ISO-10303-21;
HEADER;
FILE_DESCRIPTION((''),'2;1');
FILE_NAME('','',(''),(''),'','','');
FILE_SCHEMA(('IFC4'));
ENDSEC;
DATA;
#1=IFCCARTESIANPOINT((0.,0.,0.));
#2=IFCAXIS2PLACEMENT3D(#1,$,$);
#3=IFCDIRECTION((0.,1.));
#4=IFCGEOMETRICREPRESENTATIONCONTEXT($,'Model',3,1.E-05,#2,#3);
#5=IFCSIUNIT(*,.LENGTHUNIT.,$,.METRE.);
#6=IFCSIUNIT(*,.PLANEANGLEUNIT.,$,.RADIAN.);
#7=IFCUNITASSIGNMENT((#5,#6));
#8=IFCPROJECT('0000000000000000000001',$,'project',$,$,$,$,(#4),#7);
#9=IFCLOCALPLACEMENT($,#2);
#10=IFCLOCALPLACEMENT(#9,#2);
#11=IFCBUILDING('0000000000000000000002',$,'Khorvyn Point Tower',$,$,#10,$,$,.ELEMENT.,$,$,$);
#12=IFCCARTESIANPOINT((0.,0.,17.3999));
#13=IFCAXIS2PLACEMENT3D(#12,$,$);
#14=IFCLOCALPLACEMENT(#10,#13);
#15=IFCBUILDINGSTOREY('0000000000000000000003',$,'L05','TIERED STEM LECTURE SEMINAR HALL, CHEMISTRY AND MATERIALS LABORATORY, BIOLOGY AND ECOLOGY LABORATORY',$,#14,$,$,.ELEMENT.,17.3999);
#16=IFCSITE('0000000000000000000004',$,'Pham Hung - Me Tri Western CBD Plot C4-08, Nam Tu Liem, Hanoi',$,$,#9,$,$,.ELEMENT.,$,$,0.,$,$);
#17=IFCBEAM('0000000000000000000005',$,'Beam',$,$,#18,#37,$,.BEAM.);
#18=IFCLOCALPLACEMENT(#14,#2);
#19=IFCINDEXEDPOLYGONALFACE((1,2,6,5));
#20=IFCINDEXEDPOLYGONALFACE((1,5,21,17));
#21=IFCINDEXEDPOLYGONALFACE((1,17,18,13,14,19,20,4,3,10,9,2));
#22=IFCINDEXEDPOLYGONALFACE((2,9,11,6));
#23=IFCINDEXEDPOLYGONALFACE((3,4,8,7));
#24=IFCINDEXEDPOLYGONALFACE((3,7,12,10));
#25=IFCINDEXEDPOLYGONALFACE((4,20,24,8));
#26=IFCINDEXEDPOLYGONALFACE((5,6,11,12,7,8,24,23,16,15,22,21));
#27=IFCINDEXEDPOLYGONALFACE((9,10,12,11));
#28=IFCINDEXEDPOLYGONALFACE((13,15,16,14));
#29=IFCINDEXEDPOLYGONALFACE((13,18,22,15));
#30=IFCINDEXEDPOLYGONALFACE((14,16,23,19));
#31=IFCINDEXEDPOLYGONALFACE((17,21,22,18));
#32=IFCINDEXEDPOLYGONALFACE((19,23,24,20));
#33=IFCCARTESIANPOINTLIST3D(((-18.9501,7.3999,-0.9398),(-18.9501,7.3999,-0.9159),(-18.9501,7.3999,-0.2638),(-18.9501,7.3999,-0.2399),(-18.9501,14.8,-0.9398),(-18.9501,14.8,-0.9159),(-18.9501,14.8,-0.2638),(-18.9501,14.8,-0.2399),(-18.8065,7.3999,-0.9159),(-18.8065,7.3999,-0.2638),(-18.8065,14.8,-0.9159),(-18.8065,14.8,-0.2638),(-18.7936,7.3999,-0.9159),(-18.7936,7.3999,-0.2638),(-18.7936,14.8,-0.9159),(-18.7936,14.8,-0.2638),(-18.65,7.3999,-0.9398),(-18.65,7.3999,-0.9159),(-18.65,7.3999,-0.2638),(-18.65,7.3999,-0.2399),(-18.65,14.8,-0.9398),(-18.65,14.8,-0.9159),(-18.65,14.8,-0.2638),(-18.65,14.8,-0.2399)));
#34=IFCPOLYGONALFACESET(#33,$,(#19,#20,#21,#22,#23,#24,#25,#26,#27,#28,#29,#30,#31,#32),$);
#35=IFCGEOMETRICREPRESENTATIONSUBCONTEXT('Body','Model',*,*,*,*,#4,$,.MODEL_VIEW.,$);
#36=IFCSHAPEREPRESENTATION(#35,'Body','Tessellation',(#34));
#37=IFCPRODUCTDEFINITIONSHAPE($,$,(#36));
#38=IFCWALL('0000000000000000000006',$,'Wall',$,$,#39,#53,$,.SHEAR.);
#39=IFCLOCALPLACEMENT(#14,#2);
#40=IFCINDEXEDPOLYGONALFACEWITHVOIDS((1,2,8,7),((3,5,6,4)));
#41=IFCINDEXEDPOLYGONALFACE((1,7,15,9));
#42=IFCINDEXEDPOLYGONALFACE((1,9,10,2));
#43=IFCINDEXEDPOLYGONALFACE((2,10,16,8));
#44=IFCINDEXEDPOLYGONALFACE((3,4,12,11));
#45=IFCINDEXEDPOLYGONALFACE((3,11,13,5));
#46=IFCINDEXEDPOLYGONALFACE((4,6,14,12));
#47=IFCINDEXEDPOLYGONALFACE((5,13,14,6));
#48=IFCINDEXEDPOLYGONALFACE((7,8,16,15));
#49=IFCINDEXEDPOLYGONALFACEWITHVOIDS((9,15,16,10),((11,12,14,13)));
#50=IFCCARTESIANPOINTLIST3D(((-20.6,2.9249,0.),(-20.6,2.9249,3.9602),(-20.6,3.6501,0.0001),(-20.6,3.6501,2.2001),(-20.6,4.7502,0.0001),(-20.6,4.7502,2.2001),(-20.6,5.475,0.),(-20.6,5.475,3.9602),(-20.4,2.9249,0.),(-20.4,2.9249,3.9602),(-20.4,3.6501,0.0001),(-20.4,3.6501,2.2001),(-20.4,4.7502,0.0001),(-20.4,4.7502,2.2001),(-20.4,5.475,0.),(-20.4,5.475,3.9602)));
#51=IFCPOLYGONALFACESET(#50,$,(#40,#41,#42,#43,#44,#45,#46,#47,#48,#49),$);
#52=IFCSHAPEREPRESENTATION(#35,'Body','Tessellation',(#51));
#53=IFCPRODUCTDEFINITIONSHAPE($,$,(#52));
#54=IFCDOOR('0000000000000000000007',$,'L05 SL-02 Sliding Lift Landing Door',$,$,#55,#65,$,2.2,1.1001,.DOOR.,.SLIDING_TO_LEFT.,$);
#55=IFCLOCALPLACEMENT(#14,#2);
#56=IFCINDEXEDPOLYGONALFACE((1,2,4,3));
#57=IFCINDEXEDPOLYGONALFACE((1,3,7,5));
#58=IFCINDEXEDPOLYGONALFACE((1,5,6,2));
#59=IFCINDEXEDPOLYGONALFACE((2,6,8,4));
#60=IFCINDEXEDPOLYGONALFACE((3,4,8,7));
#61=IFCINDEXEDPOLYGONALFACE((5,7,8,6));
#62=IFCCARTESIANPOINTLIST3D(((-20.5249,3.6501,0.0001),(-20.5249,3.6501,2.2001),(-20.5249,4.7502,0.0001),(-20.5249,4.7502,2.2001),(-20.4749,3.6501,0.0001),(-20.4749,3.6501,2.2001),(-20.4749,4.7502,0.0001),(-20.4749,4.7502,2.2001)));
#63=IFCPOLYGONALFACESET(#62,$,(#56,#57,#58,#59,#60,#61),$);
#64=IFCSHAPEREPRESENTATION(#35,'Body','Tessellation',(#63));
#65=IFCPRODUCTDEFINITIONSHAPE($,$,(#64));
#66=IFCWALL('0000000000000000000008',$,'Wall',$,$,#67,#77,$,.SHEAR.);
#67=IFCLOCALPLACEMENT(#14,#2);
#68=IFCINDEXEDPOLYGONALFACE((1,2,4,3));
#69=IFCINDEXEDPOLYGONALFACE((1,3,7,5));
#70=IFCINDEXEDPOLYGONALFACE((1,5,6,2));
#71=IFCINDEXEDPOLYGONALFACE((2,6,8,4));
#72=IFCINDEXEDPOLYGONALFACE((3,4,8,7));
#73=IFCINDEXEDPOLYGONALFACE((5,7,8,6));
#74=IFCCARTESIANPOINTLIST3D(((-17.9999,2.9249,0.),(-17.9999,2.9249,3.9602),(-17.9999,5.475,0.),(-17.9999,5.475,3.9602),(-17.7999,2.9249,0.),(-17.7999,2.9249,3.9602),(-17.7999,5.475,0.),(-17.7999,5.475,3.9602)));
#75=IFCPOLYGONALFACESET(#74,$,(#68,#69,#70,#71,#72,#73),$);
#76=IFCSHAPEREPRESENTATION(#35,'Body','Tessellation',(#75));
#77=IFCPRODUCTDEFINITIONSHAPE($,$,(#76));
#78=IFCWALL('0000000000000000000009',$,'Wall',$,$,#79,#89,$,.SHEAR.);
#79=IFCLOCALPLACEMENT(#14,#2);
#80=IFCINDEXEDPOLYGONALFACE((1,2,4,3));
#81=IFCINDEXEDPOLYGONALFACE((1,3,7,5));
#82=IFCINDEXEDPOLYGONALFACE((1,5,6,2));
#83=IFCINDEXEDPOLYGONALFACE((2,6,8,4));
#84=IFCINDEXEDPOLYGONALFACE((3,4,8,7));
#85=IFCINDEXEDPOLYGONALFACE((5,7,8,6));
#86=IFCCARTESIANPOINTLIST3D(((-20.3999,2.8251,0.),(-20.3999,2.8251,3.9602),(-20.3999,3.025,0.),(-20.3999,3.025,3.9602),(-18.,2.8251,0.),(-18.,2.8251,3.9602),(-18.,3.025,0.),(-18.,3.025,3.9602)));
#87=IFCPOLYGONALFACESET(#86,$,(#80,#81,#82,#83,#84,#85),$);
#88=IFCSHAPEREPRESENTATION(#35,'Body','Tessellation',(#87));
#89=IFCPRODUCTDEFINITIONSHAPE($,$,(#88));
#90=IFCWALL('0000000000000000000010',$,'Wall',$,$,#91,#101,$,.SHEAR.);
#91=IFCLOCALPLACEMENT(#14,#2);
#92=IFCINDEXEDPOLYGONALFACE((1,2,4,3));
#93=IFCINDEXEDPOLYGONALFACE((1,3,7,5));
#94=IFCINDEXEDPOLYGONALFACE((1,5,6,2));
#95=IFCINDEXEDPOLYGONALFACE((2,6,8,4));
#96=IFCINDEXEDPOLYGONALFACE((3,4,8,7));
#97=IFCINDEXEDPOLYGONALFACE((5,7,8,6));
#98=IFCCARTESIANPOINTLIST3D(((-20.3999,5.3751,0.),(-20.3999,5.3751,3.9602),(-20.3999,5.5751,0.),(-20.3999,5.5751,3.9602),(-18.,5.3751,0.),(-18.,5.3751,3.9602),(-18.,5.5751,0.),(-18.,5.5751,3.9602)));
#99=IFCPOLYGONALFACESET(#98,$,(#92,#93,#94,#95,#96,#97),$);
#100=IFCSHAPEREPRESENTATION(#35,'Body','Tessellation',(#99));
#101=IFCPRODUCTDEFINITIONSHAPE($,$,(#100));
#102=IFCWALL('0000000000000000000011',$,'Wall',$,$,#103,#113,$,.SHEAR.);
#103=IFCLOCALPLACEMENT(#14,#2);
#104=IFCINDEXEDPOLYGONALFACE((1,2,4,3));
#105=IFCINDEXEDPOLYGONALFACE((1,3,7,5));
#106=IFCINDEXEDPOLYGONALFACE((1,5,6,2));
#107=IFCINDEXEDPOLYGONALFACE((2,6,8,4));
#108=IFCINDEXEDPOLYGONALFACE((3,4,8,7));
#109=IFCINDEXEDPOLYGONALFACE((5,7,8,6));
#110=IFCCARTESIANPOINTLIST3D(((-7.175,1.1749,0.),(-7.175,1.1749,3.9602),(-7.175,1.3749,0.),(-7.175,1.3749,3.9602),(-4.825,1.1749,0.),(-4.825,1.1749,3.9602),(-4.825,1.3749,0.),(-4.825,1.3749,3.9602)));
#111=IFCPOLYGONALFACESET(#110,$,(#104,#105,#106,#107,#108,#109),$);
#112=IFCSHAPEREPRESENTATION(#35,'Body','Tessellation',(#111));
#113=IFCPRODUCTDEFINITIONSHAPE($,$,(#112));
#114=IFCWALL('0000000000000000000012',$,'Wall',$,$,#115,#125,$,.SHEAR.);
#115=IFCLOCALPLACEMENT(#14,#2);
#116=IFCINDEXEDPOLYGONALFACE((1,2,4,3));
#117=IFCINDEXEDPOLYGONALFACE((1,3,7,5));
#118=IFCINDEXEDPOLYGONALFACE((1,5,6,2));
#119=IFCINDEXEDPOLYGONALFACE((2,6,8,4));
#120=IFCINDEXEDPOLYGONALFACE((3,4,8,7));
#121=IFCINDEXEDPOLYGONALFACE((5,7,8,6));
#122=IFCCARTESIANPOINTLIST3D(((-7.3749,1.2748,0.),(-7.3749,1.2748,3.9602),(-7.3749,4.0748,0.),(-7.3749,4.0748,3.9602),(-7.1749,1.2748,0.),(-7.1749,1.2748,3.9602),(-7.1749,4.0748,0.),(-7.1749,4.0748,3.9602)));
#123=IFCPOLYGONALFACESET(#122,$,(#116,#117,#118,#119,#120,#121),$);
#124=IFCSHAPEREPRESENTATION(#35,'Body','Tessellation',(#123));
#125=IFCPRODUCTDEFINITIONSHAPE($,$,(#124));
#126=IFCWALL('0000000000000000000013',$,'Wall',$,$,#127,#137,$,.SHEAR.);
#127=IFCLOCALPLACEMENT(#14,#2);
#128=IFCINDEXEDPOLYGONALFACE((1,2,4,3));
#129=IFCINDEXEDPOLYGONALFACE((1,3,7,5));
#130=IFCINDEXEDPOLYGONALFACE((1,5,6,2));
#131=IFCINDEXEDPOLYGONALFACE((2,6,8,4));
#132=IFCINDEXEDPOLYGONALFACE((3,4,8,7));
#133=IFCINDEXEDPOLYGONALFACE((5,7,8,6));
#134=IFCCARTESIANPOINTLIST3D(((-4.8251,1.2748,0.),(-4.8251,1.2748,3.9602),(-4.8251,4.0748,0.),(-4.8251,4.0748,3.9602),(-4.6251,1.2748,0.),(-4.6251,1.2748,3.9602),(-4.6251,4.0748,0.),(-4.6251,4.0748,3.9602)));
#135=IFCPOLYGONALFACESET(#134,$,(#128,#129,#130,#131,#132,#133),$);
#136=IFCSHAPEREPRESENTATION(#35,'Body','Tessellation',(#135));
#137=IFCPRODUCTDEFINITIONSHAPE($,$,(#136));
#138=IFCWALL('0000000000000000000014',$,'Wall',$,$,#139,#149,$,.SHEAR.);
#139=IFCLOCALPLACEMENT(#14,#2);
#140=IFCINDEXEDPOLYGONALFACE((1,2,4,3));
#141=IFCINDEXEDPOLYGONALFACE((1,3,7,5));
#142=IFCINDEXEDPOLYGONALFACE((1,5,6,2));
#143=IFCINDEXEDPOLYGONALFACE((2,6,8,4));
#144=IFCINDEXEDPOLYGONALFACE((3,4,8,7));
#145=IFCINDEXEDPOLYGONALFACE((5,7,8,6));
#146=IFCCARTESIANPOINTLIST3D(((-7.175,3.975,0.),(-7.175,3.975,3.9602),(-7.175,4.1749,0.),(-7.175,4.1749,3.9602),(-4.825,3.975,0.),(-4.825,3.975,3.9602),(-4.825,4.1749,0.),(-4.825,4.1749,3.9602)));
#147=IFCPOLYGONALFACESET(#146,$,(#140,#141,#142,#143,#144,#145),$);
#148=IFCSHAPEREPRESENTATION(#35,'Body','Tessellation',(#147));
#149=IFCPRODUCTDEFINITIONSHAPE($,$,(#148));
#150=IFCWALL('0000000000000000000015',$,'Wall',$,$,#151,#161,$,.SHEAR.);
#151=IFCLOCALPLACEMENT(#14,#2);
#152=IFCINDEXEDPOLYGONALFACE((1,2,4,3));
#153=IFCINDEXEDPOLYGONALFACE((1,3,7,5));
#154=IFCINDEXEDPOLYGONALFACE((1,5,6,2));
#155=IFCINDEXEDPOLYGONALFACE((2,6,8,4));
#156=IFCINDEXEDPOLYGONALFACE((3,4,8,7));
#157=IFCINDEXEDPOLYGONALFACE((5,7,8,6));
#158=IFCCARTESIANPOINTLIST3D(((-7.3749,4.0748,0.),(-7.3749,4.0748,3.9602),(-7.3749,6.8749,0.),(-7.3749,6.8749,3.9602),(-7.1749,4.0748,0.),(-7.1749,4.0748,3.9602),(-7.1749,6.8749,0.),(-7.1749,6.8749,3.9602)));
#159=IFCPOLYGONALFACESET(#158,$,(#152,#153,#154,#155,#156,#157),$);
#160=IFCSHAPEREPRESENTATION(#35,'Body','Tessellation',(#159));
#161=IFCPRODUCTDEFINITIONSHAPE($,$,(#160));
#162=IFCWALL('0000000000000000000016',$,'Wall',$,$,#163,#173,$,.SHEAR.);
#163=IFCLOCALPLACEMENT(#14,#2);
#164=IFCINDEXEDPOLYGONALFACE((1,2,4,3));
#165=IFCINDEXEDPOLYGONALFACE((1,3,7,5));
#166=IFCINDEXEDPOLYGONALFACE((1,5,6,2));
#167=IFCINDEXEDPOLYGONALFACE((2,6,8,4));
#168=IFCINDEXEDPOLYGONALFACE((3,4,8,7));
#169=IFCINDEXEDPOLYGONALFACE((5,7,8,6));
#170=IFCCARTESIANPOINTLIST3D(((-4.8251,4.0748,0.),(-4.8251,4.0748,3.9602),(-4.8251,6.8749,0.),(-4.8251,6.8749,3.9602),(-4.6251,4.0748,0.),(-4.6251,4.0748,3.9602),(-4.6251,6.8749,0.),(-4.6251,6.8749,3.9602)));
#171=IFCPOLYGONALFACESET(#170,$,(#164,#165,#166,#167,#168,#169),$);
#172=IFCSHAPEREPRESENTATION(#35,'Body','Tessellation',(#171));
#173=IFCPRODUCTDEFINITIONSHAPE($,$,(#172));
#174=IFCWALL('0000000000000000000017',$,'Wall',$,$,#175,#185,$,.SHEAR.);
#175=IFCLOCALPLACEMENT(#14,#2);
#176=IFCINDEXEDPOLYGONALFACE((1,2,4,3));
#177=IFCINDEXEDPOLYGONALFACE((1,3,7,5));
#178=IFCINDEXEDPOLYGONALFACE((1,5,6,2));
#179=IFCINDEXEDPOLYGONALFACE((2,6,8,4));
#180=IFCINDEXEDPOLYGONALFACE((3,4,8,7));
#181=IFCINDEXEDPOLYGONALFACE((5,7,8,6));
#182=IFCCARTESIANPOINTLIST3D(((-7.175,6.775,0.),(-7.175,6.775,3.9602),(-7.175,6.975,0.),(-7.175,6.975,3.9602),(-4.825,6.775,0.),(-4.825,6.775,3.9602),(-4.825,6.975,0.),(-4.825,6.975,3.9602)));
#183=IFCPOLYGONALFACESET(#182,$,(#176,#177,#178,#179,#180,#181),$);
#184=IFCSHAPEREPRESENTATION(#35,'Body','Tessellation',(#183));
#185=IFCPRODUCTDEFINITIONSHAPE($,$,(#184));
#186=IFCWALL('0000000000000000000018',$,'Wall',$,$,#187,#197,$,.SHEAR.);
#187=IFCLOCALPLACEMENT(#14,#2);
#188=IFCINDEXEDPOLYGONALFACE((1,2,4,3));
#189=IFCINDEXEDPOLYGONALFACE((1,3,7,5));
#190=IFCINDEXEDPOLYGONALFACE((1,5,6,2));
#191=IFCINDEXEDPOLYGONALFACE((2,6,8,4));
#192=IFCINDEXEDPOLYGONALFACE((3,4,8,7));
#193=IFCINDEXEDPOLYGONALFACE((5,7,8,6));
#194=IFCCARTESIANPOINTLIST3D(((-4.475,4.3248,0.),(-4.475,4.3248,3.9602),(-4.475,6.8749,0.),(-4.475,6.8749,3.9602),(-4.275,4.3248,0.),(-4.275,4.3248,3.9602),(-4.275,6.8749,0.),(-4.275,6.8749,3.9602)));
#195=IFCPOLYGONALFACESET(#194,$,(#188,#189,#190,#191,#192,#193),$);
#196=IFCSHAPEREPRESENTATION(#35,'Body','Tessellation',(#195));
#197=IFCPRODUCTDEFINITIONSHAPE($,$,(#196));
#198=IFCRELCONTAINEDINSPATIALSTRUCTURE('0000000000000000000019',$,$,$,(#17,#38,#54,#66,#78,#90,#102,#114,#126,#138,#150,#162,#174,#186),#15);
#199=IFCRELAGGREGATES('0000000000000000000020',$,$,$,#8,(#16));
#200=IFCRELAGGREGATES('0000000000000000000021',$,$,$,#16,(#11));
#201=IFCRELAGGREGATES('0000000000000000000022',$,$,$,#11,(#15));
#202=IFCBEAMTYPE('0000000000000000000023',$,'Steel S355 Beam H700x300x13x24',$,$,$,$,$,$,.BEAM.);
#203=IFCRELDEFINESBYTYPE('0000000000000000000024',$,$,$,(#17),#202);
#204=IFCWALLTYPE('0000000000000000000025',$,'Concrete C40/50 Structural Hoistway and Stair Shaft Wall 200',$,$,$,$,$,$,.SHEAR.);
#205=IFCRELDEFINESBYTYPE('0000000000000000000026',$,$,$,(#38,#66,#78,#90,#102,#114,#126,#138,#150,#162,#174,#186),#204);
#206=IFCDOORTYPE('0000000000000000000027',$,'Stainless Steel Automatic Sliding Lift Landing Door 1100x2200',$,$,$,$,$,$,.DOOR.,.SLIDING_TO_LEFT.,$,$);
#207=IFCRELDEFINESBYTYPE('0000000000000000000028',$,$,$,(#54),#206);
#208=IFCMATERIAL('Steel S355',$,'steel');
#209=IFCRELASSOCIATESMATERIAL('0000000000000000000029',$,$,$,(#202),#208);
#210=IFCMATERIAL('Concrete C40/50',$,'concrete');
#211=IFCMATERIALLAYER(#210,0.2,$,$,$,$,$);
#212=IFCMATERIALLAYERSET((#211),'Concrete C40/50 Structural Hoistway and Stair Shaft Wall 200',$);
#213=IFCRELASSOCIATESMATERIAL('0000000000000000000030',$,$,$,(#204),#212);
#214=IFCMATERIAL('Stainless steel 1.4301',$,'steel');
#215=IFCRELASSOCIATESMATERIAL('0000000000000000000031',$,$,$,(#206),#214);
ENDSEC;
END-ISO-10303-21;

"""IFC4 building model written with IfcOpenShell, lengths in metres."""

from ifc_helpers import new_model, si_unit, direction, frame, frame_2d, origin, origin_2d, place, context, subcontext, project, spatial, rectangle, i_section, extrude, material, layer, layer_set, material_profile, profile_set, type_object, element, fill, save


model = new_model("IFC4")

# Units and contexts
model_context = context("Model", 3, precision=1e-05, world=origin(), true_north=direction((0.0, 1.0)))
body_context = subcontext(model_context, "Body", "Model", "MODEL_VIEW")
ifc_project = project(units=[si_unit("LENGTHUNIT", "METRE"), si_unit("PLANEANGLEUNIT", "RADIAN")], contexts=[model_context])

# Site, building, storey
site_placement = place(None, origin())
site = spatial("IfcSite", under=ifc_project, at=site_placement, Name="Pham Hung - Me Tri Western CBD Plot C4-08, Nam Tu Liem, Hanoi", CompositionType="ELEMENT", RefElevation=0.0)
building_placement = place(site_placement, origin())
building = spatial("IfcBuilding", under=site, at=building_placement, Name="Khorvyn Point Tower", CompositionType="ELEMENT")
storey_placement = place(building_placement, frame((0.0, 0.0, 17.3999)))
storey = spatial("IfcBuildingStorey", under=building, at=storey_placement, Name="L05", Description="TIERED STEM LECTURE SEMINAR HALL, CHEMISTRY AND MATERIALS LABORATORY, BIOLOGY AND ECOLOGY LABORATORY", CompositionType="ELEMENT", Elevation=17.3999)

# Shared definitions
ifc_material_1 = material(Name="Concrete C40/50", Category="concrete")

# Beam
ifc_material_2 = material(Name="Steel S355", Category="steel")
ifc_material_profile_1 = material_profile(ifc_material_2, i_section(OverallWidth=0.3, OverallDepth=0.7, WebThickness=0.0129, FlangeThickness=0.0239, at=origin_2d()))
ifc_profile_set_1 = profile_set([ifc_material_profile_1], Name="Steel S355 H700x300x13x24")
beam_type_1 = type_object("IfcBeamType", Name="Steel S355 Beam H700x300x13x24", PredefinedType="BEAM", material=ifc_profile_set_1)
for number, where, z_axis, x_axis, name in (
    (1, (-18.8, 7.3999, -0.5898), (0.0, 1.0, 0.0), (-1.0, 0.0, 0.0), "Beam"),
):
    element("IfcBeam", number, at=place(storey_placement, frame(where, z_axis=z_axis, x_axis=x_axis)), inside=storey, type_object=beam_type_1, Name=name, PredefinedType="BEAM", context=body_context, shape_type="SweptSolid", body=[
        extrude(i_section(OverallWidth=0.3, OverallDepth=0.7, WebThickness=0.0129, FlangeThickness=0.0239, at=origin_2d()), origin(), (0.0, 0.0, 1.0), 7.4001),
    ])

# Wall, opening, door
ifc_layer_1 = layer(ifc_material_1, 0.2)
ifc_layer_set_1 = layer_set([ifc_layer_1], Name="Concrete C40/50 Structural Hoistway and Stair Shaft Wall 200")
wall_type_1 = type_object("IfcWallType", Name="Concrete C40/50 Structural Hoistway and Stair Shaft Wall 200", PredefinedType="SHEAR", material=ifc_layer_set_1)
wall_1_placement = place(storey_placement, frame((-20.5, 2.925, 0.0), z_axis=(0.0, 0.0, 1.0), x_axis=(0.0, 1.0, 0.0)))
wall_1 = element("IfcWall", 2, at=wall_1_placement, inside=storey, type_object=wall_type_1, Name="Wall", PredefinedType="SHEAR", context=body_context, shape_type="SweptSolid", body=[
    extrude(rectangle(XDim=2.55, YDim=0.2, at=frame_2d((1.2749, 0.0))), origin(), (0.0, 0.0, 1.0), 3.9602),
])
opening_1_placement = place(wall_1_placement, frame((0.7251, 0.0, 0.0)))
opening_1 = element("IfcOpeningElement", 3, at=opening_1_placement, cuts=wall_1, PredefinedType="OPENING", context=body_context, shape_type="SweptSolid", body=[
    extrude(rectangle(XDim=1.1001, YDim=2.2, at=frame_2d((0.55, 1.1001))), frame((0.0, 0.1099, 0.0), z_axis=(0.0, -1.0, 0.0), x_axis=(1.0, 0.0, 0.0)), (0.0, 0.0, 1.0), 0.22),
])
ifc_material_3 = material(Name="Stainless steel 1.4301", Category="steel")
door_type_1 = type_object("IfcDoorType", Name="Stainless Steel Automatic Sliding Lift Landing Door 1100x2200", OperationType="SLIDING_TO_LEFT", PredefinedType="DOOR", material=ifc_material_3)
door_1_placement = place(opening_1_placement, origin())
door_1 = element("IfcDoor", 4, at=door_1_placement, inside=storey, type_object=door_type_1, Name="L05 SL-02 Sliding Lift Landing Door", OperationType="SLIDING_TO_LEFT", OverallHeight=2.2, OverallWidth=1.1001, PredefinedType="DOOR", context=body_context, shape_type="SweptSolid", body=[
    extrude(rectangle(XDim=1.1001, YDim=2.2, at=frame_2d((0.55, 1.1001))), frame((0.0, 0.0249, 0.0), z_axis=(0.0, -1.0, 0.0), x_axis=(1.0, 0.0, 0.0)), (0.0, 0.0, 1.0), 0.05),
])
fill(opening_1, door_1)

# Walls
wall_2_placement = place(storey_placement, frame((-17.8999, 2.925, 0.0), z_axis=(0.0, 0.0, 1.0), x_axis=(0.0, 1.0, 0.0)))
element("IfcWall", 5, at=wall_2_placement, inside=storey, type_object=wall_type_1, Name="Wall", PredefinedType="SHEAR", context=body_context, shape_type="SweptSolid", body=[
    extrude(rectangle(XDim=2.55, YDim=0.2, at=frame_2d((1.2749, 0.0))), origin(), (0.0, 0.0, 1.0), 3.9602),
])
for number, where, z_axis, x_axis, name in (
    (6, (-20.3999, 2.925, 0.0), (0.0, 0.0, 1.0), (1.0, 0.0, 0.0), "Wall"),
    (7, (-20.3999, 5.4751, 0.0), (0.0, 0.0, 1.0), (1.0, 0.0, 0.0), "Wall"),
):
    element("IfcWall", number, at=place(storey_placement, frame(where, z_axis=z_axis, x_axis=x_axis)), inside=storey, type_object=wall_type_1, Name=name, PredefinedType="SHEAR", context=body_context, shape_type="SweptSolid", body=[
        extrude(rectangle(XDim=2.3999, YDim=0.2, at=frame_2d((1.2, 0.0))), origin(), (0.0, 0.0, 1.0), 3.9602),
    ])
wall_3_placement = place(storey_placement, frame((-7.175, 1.2749, 0.0), z_axis=(0.0, 0.0, 1.0), x_axis=(1.0, 0.0, 0.0)))
element("IfcWall", 8, at=wall_3_placement, inside=storey, type_object=wall_type_1, Name="Wall", PredefinedType="SHEAR", context=body_context, shape_type="SweptSolid", body=[
    extrude(rectangle(XDim=2.3501, YDim=0.2, at=frame_2d((1.175, 0.0))), origin(), (0.0, 0.0, 1.0), 3.9602),
])
for number, where, z_axis, x_axis, name in (
    (9, (-7.2749, 1.2749, 0.0), (0.0, 0.0, 1.0), (0.0, 1.0, 0.0), "Wall"),
    (10, (-4.7251, 1.2749, 0.0), (0.0, 0.0, 1.0), (0.0, 1.0, 0.0), "Wall"),
):
    element("IfcWall", number, at=place(storey_placement, frame(where, z_axis=z_axis, x_axis=x_axis)), inside=storey, type_object=wall_type_1, Name=name, PredefinedType="SHEAR", context=body_context, shape_type="SweptSolid", body=[
        extrude(rectangle(XDim=2.8, YDim=0.2, at=frame_2d((1.3999, 0.0))), origin(), (0.0, 0.0, 1.0), 3.9602),
    ])
wall_4_placement = place(storey_placement, frame((-7.175, 4.075, 0.0), z_axis=(0.0, 0.0, 1.0), x_axis=(1.0, 0.0, 0.0)))
element("IfcWall", 11, at=wall_4_placement, inside=storey, type_object=wall_type_1, Name="Wall", PredefinedType="SHEAR", context=body_context, shape_type="SweptSolid", body=[
    extrude(rectangle(XDim=2.3501, YDim=0.2, at=frame_2d((1.175, 0.0))), origin(), (0.0, 0.0, 1.0), 3.9602),
])
for number, where, z_axis, x_axis, name in (
    (12, (-7.2749, 4.075, 0.0), (0.0, 0.0, 1.0), (0.0, 1.0, 0.0), "Wall"),
    (13, (-4.7251, 4.075, 0.0), (0.0, 0.0, 1.0), (0.0, 1.0, 0.0), "Wall"),
):
    element("IfcWall", number, at=place(storey_placement, frame(where, z_axis=z_axis, x_axis=x_axis)), inside=storey, type_object=wall_type_1, Name=name, PredefinedType="SHEAR", context=body_context, shape_type="SweptSolid", body=[
        extrude(rectangle(XDim=2.8, YDim=0.2, at=frame_2d((1.3999, 0.0))), origin(), (0.0, 0.0, 1.0), 3.9602),
    ])
wall_5_placement = place(storey_placement, frame((-7.175, 6.875, 0.0), z_axis=(0.0, 0.0, 1.0), x_axis=(1.0, 0.0, 0.0)))
element("IfcWall", 14, at=wall_5_placement, inside=storey, type_object=wall_type_1, Name="Wall", PredefinedType="SHEAR", context=body_context, shape_type="SweptSolid", body=[
    extrude(rectangle(XDim=2.3501, YDim=0.2, at=frame_2d((1.175, 0.0))), origin(), (0.0, 0.0, 1.0), 3.9602),
])
wall_6_placement = place(storey_placement, frame((-4.375, 4.325, 0.0), z_axis=(0.0, 0.0, 1.0), x_axis=(0.0, 1.0, 0.0)))
element("IfcWall", 15, at=wall_6_placement, inside=storey, type_object=wall_type_1, Name="Wall", PredefinedType="SHEAR", context=body_context, shape_type="SweptSolid", body=[
    extrude(rectangle(XDim=2.55, YDim=0.2, at=frame_2d((1.2749, 0.0))), origin(), (0.0, 0.0, 1.0), 3.9602),
])

save(model, "model.ifc")
